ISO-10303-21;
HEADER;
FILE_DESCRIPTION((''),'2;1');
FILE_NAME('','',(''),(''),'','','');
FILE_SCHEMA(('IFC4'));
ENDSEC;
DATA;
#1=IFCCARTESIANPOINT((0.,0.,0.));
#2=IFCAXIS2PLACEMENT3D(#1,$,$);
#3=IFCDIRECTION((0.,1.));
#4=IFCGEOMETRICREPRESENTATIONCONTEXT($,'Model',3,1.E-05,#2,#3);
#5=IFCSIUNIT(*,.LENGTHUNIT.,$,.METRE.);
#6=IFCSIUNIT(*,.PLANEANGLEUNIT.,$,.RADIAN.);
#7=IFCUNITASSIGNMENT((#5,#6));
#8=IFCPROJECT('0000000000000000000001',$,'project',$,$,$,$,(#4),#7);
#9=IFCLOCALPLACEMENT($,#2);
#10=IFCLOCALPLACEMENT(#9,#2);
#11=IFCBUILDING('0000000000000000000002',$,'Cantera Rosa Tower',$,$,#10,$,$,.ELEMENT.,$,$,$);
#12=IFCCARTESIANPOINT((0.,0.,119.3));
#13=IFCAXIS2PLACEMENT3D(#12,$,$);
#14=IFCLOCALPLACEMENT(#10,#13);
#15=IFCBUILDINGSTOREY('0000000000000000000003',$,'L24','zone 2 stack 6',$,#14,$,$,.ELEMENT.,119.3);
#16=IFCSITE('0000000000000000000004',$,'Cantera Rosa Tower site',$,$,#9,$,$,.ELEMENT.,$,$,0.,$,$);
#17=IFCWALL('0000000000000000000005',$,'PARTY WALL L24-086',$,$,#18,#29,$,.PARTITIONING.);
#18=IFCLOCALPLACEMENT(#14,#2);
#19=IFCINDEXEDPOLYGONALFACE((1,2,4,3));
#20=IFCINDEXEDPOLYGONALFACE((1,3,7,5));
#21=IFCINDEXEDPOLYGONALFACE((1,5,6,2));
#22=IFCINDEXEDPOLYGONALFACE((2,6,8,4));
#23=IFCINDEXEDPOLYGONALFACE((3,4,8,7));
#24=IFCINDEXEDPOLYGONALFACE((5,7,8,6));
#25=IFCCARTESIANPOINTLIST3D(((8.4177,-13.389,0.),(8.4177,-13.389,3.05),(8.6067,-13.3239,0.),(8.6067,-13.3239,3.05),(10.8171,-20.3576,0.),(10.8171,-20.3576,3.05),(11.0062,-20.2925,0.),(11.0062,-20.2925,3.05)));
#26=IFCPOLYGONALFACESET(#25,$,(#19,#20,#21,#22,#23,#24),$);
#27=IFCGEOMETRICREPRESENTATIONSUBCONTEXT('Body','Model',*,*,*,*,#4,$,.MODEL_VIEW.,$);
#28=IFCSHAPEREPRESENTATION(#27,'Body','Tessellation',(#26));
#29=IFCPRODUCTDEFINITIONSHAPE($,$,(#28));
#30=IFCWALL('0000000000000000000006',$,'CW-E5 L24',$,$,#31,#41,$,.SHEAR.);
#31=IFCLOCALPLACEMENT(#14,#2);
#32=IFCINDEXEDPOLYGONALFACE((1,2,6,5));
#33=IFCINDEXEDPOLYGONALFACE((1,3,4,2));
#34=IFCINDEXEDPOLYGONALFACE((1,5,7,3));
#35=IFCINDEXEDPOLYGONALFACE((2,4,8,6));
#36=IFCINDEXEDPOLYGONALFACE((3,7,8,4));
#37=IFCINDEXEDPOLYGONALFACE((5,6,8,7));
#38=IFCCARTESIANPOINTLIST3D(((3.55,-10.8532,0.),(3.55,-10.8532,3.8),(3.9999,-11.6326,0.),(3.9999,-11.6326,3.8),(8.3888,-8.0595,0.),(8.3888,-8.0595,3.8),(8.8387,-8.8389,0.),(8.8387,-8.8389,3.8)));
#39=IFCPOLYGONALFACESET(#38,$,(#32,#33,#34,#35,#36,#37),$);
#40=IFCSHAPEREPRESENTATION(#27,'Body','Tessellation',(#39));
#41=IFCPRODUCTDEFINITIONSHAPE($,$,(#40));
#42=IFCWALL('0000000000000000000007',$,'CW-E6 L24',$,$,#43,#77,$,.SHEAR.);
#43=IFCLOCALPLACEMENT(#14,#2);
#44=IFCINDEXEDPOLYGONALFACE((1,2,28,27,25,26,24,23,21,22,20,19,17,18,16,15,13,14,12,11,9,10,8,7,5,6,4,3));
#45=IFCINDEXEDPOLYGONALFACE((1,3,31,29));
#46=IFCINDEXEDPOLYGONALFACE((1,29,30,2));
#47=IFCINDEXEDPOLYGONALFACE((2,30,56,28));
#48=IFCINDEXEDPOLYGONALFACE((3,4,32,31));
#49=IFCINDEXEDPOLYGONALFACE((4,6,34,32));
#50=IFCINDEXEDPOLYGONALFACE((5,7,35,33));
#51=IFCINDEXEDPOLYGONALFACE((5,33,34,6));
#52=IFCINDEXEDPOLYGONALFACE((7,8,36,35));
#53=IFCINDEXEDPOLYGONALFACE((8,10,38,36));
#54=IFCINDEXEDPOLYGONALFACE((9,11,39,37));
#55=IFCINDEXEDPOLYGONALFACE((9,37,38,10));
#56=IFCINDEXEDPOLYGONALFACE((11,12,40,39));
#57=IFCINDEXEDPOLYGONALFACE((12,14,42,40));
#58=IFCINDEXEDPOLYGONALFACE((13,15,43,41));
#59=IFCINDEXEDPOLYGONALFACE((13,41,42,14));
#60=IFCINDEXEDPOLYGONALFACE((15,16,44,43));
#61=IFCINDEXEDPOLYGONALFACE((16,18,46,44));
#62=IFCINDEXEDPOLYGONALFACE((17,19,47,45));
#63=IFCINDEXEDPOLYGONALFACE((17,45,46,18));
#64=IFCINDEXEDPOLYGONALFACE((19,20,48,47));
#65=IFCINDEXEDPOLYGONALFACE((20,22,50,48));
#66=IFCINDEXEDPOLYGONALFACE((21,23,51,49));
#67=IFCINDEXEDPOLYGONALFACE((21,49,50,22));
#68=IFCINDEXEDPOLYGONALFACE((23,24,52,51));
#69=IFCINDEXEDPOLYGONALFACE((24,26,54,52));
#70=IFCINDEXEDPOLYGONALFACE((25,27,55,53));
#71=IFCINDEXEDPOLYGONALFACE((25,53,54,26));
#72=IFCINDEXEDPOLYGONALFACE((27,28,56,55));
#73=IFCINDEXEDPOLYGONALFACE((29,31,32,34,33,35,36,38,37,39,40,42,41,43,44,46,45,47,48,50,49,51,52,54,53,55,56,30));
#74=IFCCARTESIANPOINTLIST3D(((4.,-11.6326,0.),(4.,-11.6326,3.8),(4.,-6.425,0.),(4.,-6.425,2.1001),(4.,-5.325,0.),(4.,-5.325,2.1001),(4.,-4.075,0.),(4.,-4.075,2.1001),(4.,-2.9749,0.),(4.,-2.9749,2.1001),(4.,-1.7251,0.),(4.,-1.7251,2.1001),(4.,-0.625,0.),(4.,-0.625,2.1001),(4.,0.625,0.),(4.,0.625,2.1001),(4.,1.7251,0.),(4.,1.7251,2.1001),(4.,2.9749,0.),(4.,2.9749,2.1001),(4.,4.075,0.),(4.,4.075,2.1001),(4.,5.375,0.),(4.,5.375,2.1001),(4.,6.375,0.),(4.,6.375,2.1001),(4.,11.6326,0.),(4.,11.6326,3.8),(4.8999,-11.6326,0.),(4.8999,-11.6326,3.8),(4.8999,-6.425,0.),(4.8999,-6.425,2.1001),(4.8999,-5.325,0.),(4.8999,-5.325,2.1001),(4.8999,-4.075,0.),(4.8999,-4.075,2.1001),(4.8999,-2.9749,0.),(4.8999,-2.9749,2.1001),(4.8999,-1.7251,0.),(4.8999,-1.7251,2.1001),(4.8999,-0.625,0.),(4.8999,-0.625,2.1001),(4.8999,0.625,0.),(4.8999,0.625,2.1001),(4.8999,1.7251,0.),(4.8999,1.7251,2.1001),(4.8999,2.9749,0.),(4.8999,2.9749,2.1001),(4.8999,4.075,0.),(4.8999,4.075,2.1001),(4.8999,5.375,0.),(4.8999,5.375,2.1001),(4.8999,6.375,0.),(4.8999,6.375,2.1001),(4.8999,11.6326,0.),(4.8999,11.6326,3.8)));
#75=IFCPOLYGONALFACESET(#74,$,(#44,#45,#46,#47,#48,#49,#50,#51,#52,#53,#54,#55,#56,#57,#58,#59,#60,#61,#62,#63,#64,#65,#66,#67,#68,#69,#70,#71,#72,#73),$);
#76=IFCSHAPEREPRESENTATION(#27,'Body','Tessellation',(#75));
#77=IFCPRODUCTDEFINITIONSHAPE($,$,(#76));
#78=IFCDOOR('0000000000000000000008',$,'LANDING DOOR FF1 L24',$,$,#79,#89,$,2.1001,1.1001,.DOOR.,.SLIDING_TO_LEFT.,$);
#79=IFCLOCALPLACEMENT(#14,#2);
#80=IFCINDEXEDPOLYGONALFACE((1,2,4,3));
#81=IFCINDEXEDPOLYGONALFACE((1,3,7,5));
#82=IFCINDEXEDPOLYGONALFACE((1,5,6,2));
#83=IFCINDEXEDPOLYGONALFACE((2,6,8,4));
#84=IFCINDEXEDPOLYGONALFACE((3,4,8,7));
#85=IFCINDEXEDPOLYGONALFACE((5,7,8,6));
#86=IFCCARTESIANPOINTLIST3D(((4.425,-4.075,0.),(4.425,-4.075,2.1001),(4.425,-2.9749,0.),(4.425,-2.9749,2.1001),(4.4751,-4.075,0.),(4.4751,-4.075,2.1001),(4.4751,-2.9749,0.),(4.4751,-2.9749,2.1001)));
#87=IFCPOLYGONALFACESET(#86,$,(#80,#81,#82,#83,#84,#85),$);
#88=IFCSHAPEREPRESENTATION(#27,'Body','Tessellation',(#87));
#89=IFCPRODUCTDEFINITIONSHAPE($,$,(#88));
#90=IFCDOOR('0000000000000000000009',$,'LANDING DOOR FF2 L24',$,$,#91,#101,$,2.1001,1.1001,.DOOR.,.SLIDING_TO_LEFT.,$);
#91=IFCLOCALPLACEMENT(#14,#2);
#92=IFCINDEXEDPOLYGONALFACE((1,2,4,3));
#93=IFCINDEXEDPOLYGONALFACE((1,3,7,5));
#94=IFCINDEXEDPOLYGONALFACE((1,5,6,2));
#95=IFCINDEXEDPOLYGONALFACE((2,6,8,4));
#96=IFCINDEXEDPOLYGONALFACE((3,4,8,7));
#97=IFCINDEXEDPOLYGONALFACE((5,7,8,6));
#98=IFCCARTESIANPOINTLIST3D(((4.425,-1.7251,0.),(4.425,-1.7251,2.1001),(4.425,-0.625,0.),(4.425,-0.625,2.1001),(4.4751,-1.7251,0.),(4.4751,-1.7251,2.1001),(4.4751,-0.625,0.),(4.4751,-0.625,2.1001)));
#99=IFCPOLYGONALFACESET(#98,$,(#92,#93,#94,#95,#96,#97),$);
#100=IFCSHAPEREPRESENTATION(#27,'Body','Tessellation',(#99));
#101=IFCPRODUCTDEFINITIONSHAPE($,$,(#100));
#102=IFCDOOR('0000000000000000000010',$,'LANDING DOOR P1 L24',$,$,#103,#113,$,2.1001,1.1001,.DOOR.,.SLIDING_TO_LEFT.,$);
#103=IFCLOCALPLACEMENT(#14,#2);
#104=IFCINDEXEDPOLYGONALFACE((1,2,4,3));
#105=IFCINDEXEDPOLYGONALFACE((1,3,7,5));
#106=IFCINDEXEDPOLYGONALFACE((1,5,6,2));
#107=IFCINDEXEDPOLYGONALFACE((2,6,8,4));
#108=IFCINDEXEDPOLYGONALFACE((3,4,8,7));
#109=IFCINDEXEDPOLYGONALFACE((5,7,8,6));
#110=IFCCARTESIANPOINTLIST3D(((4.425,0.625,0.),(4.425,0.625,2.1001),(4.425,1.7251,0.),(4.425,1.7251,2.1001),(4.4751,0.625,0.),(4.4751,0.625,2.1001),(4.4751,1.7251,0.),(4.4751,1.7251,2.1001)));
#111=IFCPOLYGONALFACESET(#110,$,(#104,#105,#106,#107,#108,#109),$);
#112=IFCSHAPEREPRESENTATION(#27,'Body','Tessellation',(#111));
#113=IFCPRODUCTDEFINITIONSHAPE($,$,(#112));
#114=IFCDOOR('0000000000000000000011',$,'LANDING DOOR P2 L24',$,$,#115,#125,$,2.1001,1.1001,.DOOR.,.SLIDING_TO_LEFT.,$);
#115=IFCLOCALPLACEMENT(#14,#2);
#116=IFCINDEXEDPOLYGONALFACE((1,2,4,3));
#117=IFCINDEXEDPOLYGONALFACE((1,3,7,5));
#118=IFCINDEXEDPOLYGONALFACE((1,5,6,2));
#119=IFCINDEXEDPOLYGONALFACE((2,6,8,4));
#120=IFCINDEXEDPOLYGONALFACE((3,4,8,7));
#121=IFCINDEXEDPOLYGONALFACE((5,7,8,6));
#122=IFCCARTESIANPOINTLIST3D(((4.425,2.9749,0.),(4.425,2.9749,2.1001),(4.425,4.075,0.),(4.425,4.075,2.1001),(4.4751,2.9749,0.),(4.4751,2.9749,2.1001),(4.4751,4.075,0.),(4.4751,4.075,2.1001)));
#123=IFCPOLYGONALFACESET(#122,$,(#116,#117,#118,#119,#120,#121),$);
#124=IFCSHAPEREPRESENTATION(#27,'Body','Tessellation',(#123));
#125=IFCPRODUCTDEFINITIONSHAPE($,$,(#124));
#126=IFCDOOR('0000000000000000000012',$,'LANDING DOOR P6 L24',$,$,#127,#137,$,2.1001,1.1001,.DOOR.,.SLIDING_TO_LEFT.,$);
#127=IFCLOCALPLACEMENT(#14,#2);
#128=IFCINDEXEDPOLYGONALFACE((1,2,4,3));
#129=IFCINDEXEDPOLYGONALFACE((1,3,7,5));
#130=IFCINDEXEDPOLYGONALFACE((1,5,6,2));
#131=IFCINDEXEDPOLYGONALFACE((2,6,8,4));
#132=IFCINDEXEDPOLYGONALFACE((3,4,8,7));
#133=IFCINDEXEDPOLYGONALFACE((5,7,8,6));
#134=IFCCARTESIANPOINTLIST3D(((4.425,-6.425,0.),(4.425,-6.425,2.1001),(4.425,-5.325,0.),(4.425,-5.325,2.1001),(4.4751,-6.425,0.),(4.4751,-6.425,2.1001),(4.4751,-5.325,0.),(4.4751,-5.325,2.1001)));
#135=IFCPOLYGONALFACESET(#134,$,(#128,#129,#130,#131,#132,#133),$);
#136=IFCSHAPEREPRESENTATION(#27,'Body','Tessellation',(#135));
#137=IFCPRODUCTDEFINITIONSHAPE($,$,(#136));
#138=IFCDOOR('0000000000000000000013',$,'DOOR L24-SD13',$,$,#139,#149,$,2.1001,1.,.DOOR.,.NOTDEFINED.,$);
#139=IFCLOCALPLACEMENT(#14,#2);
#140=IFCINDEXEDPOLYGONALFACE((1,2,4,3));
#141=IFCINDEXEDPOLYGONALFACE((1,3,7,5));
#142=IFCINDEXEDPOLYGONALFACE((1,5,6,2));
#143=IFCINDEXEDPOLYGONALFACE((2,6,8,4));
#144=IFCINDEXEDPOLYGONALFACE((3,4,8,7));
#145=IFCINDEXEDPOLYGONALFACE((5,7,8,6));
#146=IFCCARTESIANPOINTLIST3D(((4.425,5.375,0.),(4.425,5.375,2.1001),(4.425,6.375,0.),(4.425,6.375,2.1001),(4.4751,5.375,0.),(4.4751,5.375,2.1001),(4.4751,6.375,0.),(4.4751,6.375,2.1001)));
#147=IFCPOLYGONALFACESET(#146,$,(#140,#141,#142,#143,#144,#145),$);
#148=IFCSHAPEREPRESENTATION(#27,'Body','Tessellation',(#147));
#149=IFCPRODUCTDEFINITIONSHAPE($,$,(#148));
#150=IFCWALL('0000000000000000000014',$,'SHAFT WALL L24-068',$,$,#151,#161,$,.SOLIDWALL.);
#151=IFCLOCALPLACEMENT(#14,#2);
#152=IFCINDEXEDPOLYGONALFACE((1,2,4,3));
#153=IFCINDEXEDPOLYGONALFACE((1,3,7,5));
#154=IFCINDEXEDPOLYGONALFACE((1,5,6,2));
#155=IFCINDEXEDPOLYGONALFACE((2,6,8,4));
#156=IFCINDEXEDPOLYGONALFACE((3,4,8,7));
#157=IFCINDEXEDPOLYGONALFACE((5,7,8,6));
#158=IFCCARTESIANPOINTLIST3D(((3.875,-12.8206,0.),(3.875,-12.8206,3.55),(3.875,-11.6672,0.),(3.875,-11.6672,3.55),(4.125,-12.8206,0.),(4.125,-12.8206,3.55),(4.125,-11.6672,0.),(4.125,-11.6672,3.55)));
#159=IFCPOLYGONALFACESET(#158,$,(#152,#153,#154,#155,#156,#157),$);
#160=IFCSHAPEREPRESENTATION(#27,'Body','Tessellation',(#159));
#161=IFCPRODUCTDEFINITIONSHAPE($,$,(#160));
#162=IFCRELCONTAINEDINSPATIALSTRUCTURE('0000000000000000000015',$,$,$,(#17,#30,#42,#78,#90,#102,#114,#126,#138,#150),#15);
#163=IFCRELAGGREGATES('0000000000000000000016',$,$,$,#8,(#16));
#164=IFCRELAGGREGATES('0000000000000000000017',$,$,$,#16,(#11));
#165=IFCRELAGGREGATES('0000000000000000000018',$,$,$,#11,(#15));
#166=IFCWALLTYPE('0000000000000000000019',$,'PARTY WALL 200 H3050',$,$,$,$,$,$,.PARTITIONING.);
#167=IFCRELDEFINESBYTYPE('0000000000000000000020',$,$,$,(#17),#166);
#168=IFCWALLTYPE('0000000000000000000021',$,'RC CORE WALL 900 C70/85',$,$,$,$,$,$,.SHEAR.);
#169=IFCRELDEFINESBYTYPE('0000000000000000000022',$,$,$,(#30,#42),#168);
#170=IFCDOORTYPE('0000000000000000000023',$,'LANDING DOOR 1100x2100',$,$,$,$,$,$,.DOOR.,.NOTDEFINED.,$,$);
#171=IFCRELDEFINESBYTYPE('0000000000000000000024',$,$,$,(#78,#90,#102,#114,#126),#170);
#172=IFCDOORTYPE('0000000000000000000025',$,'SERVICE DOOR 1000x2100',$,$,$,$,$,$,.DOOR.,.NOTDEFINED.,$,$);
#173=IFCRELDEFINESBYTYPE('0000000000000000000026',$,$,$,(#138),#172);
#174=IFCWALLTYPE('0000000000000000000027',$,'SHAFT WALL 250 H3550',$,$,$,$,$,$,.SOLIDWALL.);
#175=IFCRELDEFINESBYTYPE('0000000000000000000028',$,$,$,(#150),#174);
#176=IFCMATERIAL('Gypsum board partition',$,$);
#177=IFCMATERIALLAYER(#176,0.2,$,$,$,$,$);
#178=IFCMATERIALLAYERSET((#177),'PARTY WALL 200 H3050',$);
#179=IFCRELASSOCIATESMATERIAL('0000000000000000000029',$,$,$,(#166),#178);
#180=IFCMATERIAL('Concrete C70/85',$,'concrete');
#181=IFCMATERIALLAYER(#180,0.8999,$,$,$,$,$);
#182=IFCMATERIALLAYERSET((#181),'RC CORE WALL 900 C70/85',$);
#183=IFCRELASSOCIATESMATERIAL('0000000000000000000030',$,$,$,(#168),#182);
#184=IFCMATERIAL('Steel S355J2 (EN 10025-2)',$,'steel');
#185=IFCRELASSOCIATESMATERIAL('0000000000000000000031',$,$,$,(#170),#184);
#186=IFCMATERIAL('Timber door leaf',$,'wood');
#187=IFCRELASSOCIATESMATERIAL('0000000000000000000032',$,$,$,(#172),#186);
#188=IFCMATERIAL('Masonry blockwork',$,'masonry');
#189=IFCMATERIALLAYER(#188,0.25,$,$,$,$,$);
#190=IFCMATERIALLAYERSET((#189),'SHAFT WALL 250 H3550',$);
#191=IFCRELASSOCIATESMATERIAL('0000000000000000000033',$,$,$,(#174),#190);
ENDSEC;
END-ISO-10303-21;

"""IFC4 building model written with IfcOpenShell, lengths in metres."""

from ifc_helpers import new_model, si_unit, direction, frame, frame_2d, origin, place, context, subcontext, project, spatial, rectangle, extrude, material, layer, layer_set, type_object, element, fill, save


model = new_model("IFC4")

# Units and contexts
model_context = context("Model", 3, precision=1e-05, world=origin(), true_north=direction((0.0, 1.0)))
body_context = subcontext(model_context, "Body", "Model", "MODEL_VIEW")
ifc_project = project(units=[si_unit("LENGTHUNIT", "METRE"), si_unit("PLANEANGLEUNIT", "RADIAN")], contexts=[model_context])

# Site, building, storey
site_placement = place(None, origin())
site = spatial("IfcSite", under=ifc_project, at=site_placement, Name="Cantera Rosa Tower site", CompositionType="ELEMENT", RefElevation=0.0)
building_placement = place(site_placement, origin())
building = spatial("IfcBuilding", under=site, at=building_placement, Name="Cantera Rosa Tower", CompositionType="ELEMENT")
storey_placement = place(building_placement, frame((0.0, 0.0, 119.3)))
storey = spatial("IfcBuildingStorey", under=building, at=storey_placement, Name="L24", Description="zone 2 stack 6", CompositionType="ELEMENT", Elevation=119.3)

# Walls
ifc_material_1 = material(Name="Gypsum board partition")
ifc_layer_1 = layer(ifc_material_1, 0.2)
ifc_layer_set_1 = layer_set([ifc_layer_1], Name="PARTY WALL 200 H3050")
wall_type_1 = type_object("IfcWallType", Name="PARTY WALL 200 H3050", PredefinedType="PARTITIONING", material=ifc_layer_set_1)
wall_1_placement = place(storey_placement, frame((8.5122, -13.3564, 0.0), z_axis=(0.0, 0.0, 1.0), x_axis=(0.325564, -0.94552, 0.0)))
element("IfcWall", 1, at=wall_1_placement, inside=storey, type_object=wall_type_1, Name="PARTY WALL L24-086", PredefinedType="PARTITIONING", context=body_context, shape_type="SweptSolid", body=[
    extrude(rectangle(XDim=7.3701, YDim=0.2, at=frame_2d((3.6851, 0.0))), origin(), (0.0, 0.0, 1.0), 3.05),
])
ifc_material_2 = material(Name="Concrete C70/85", Category="concrete")
ifc_layer_2 = layer(ifc_material_2, 0.8999)
ifc_layer_set_2 = layer_set([ifc_layer_2], Name="RC CORE WALL 900 C70/85")
wall_type_2 = type_object("IfcWallType", Name="RC CORE WALL 900 C70/85", PredefinedType="SHEAR", material=ifc_layer_set_2)
wall_2_placement = place(storey_placement, frame((8.6138, -8.4492, 0.0), z_axis=(0.0, 0.0, 1.0), x_axis=(-0.866027, -0.499997, 0.0)))
element("IfcWall", 2, at=wall_2_placement, inside=storey, type_object=wall_type_2, Name="CW-E5 L24", PredefinedType="SHEAR", context=body_context, shape_type="SweptSolid", body=[
    extrude(rectangle(XDim=5.5874, YDim=0.8999, at=frame_2d((2.7937, 0.0))), origin(), (0.0, 0.0, 1.0), 3.8),
])

# Wall, openings, doors
wall_3_placement = place(storey_placement, frame((4.45, -11.6326, 0.0), z_axis=(0.0, 0.0, 1.0), x_axis=(0.0, 1.0, 0.0)))
wall_3 = element("IfcWall", 3, at=wall_3_placement, inside=storey, type_object=wall_type_2, Name="CW-E6 L24", PredefinedType="SHEAR", context=body_context, shape_type="SweptSolid", body=[
    extrude(rectangle(XDim=23.2651, YDim=0.8999, at=frame_2d((11.6326, 0.0))), origin(), (0.0, 0.0, 1.0), 3.8),
])
opening_1_placement = place(wall_3_placement, frame((7.5576, 0.0, 0.0)))
opening_1 = element("IfcOpeningElement", 4, at=opening_1_placement, cuts=wall_3, PredefinedType="OPENING", context=body_context, shape_type="SweptSolid", body=[
    extrude(rectangle(XDim=1.1001, YDim=2.1001, at=frame_2d((0.55, 1.05))), frame((0.0, 0.46, 0.0), z_axis=(0.0, -1.0, 0.0), x_axis=(1.0, 0.0, 0.0)), (0.0, 0.0, 1.0), 0.9199),
])
opening_2_placement = place(wall_3_placement, frame((9.9075, 0.0, 0.0)))
opening_2 = element("IfcOpeningElement", 5, at=opening_2_placement, cuts=wall_3, PredefinedType="OPENING", context=body_context, shape_type="SweptSolid", body=[
    extrude(rectangle(XDim=1.1001, YDim=2.1001, at=frame_2d((0.55, 1.05))), frame((0.0, 0.46, 0.0), z_axis=(0.0, -1.0, 0.0), x_axis=(1.0, 0.0, 0.0)), (0.0, 0.0, 1.0), 0.9199),
])
opening_3_placement = place(wall_3_placement, frame((12.2576, 0.0, 0.0)))
opening_3 = element("IfcOpeningElement", 6, at=opening_3_placement, cuts=wall_3, PredefinedType="OPENING", context=body_context, shape_type="SweptSolid", body=[
    extrude(rectangle(XDim=1.1001, YDim=2.1001, at=frame_2d((0.55, 1.05))), frame((0.0, 0.46, 0.0), z_axis=(0.0, -1.0, 0.0), x_axis=(1.0, 0.0, 0.0)), (0.0, 0.0, 1.0), 0.9199),
])
opening_4_placement = place(wall_3_placement, frame((14.6074, 0.0, 0.0)))
opening_4 = element("IfcOpeningElement", 7, at=opening_4_placement, cuts=wall_3, PredefinedType="OPENING", context=body_context, shape_type="SweptSolid", body=[
    extrude(rectangle(XDim=1.1001, YDim=2.1001, at=frame_2d((0.55, 1.05))), frame((0.0, 0.46, 0.0), z_axis=(0.0, -1.0, 0.0), x_axis=(1.0, 0.0, 0.0)), (0.0, 0.0, 1.0), 0.9199),
])
opening_5_placement = place(wall_3_placement, frame((5.2075, 0.0, 0.0)))
opening_5 = element("IfcOpeningElement", 8, at=opening_5_placement, cuts=wall_3, PredefinedType="OPENING", context=body_context, shape_type="SweptSolid", body=[
    extrude(rectangle(XDim=1.1001, YDim=2.1001, at=frame_2d((0.55, 1.05))), frame((0.0, 0.46, 0.0), z_axis=(0.0, -1.0, 0.0), x_axis=(1.0, 0.0, 0.0)), (0.0, 0.0, 1.0), 0.9199),
])
opening_6_placement = place(wall_3_placement, frame((17.0076, 0.0, 0.0)))
opening_6 = element("IfcOpeningElement", 9, at=opening_6_placement, cuts=wall_3, PredefinedType="OPENING", context=body_context, shape_type="SweptSolid", body=[
    extrude(rectangle(XDim=1.0, YDim=2.1001, at=frame_2d((0.5, 1.05))), frame((0.0, 0.46, 0.0), z_axis=(0.0, -1.0, 0.0), x_axis=(1.0, 0.0, 0.0)), (0.0, 0.0, 1.0), 0.9199),
])
ifc_material_3 = material(Name="Steel S355J2 (EN 10025-2)", Category="steel")
door_type_1 = type_object("IfcDoorType", Name="LANDING DOOR 1100x2100", OperationType="NOTDEFINED", PredefinedType="DOOR", material=ifc_material_3)
door_1_placement = place(opening_1_placement, origin())
door_1 = element("IfcDoor", 10, at=door_1_placement, inside=storey, type_object=door_type_1, Name="LANDING DOOR FF1 L24", OperationType="SLIDING_TO_LEFT", OverallHeight=2.1001, OverallWidth=1.1001, PredefinedType="DOOR", context=body_context, shape_type="SweptSolid", body=[
    extrude(rectangle(XDim=1.1001, YDim=2.1001, at=frame_2d((0.55, 1.05))), frame((0.0, 0.0249, 0.0), z_axis=(0.0, -1.0, 0.0), x_axis=(1.0, 0.0, 0.0)), (0.0, 0.0, 1.0), 0.05),
])
fill(opening_1, door_1)
door_2_placement = place(opening_2_placement, origin())
door_2 = element("IfcDoor", 11, at=door_2_placement, inside=storey, type_object=door_type_1, Name="LANDING DOOR FF2 L24", OperationType="SLIDING_TO_LEFT", OverallHeight=2.1001, OverallWidth=1.1001, PredefinedType="DOOR", context=body_context, shape_type="SweptSolid", body=[
    extrude(rectangle(XDim=1.1001, YDim=2.1001, at=frame_2d((0.55, 1.05))), frame((0.0, 0.0249, 0.0), z_axis=(0.0, -1.0, 0.0), x_axis=(1.0, 0.0, 0.0)), (0.0, 0.0, 1.0), 0.05),
])
fill(opening_2, door_2)
door_3_placement = place(opening_3_placement, origin())
door_3 = element("IfcDoor", 12, at=door_3_placement, inside=storey, type_object=door_type_1, Name="LANDING DOOR P1 L24", OperationType="SLIDING_TO_LEFT", OverallHeight=2.1001, OverallWidth=1.1001, PredefinedType="DOOR", context=body_context, shape_type="SweptSolid", body=[
    extrude(rectangle(XDim=1.1001, YDim=2.1001, at=frame_2d((0.55, 1.05))), frame((0.0, 0.0249, 0.0), z_axis=(0.0, -1.0, 0.0), x_axis=(1.0, 0.0, 0.0)), (0.0, 0.0, 1.0), 0.05),
])
fill(opening_3, door_3)
door_4_placement = place(opening_4_placement, origin())
door_4 = element("IfcDoor", 13, at=door_4_placement, inside=storey, type_object=door_type_1, Name="LANDING DOOR P2 L24", OperationType="SLIDING_TO_LEFT", OverallHeight=2.1001, OverallWidth=1.1001, PredefinedType="DOOR", context=body_context, shape_type="SweptSolid", body=[
    extrude(rectangle(XDim=1.1001, YDim=2.1001, at=frame_2d((0.55, 1.05))), frame((0.0, 0.0249, 0.0), z_axis=(0.0, -1.0, 0.0), x_axis=(1.0, 0.0, 0.0)), (0.0, 0.0, 1.0), 0.05),
])
fill(opening_4, door_4)
door_5_placement = place(opening_5_placement, origin())
door_5 = element("IfcDoor", 14, at=door_5_placement, inside=storey, type_object=door_type_1, Name="LANDING DOOR P6 L24", OperationType="SLIDING_TO_LEFT", OverallHeight=2.1001, OverallWidth=1.1001, PredefinedType="DOOR", context=body_context, shape_type="SweptSolid", body=[
    extrude(rectangle(XDim=1.1001, YDim=2.1001, at=frame_2d((0.55, 1.05))), frame((0.0, 0.0249, 0.0), z_axis=(0.0, -1.0, 0.0), x_axis=(1.0, 0.0, 0.0)), (0.0, 0.0, 1.0), 0.05),
])
fill(opening_5, door_5)
ifc_material_4 = material(Name="Timber door leaf", Category="wood")
door_type_2 = type_object("IfcDoorType", Name="SERVICE DOOR 1000x2100", OperationType="NOTDEFINED", PredefinedType="DOOR", material=ifc_material_4)
door_6_placement = place(opening_6_placement, origin())
door_6 = element("IfcDoor", 15, at=door_6_placement, inside=storey, type_object=door_type_2, Name="DOOR L24-SD13", OperationType="NOTDEFINED", OverallHeight=2.1001, OverallWidth=1.0, PredefinedType="DOOR", context=body_context, shape_type="SweptSolid", body=[
    extrude(rectangle(XDim=1.0, YDim=2.1001, at=frame_2d((0.5, 1.05))), frame((0.0, 0.0249, 0.0), z_axis=(0.0, -1.0, 0.0), x_axis=(1.0, 0.0, 0.0)), (0.0, 0.0, 1.0), 0.05),
])
fill(opening_6, door_6)

# Wall
ifc_material_5 = material(Name="Masonry blockwork", Category="masonry")
ifc_layer_3 = layer(ifc_material_5, 0.25)
ifc_layer_set_3 = layer_set([ifc_layer_3], Name="SHAFT WALL 250 H3550")
wall_type_3 = type_object("IfcWallType", Name="SHAFT WALL 250 H3550", PredefinedType="SOLIDWALL", material=ifc_layer_set_3)
wall_4_placement = place(storey_placement, frame((4.0, -12.8206, 0.0), z_axis=(0.0, 0.0, 1.0), x_axis=(0.0, 1.0, 0.0)))
element("IfcWall", 16, at=wall_4_placement, inside=storey, type_object=wall_type_3, Name="SHAFT WALL L24-068", PredefinedType="SOLIDWALL", context=body_context, shape_type="SweptSolid", body=[
    extrude(rectangle(XDim=1.1533, YDim=0.25, at=frame_2d((0.5767, 0.0))), origin(), (0.0, 0.0, 1.0), 3.55),
])

save(model, "model.ifc")
